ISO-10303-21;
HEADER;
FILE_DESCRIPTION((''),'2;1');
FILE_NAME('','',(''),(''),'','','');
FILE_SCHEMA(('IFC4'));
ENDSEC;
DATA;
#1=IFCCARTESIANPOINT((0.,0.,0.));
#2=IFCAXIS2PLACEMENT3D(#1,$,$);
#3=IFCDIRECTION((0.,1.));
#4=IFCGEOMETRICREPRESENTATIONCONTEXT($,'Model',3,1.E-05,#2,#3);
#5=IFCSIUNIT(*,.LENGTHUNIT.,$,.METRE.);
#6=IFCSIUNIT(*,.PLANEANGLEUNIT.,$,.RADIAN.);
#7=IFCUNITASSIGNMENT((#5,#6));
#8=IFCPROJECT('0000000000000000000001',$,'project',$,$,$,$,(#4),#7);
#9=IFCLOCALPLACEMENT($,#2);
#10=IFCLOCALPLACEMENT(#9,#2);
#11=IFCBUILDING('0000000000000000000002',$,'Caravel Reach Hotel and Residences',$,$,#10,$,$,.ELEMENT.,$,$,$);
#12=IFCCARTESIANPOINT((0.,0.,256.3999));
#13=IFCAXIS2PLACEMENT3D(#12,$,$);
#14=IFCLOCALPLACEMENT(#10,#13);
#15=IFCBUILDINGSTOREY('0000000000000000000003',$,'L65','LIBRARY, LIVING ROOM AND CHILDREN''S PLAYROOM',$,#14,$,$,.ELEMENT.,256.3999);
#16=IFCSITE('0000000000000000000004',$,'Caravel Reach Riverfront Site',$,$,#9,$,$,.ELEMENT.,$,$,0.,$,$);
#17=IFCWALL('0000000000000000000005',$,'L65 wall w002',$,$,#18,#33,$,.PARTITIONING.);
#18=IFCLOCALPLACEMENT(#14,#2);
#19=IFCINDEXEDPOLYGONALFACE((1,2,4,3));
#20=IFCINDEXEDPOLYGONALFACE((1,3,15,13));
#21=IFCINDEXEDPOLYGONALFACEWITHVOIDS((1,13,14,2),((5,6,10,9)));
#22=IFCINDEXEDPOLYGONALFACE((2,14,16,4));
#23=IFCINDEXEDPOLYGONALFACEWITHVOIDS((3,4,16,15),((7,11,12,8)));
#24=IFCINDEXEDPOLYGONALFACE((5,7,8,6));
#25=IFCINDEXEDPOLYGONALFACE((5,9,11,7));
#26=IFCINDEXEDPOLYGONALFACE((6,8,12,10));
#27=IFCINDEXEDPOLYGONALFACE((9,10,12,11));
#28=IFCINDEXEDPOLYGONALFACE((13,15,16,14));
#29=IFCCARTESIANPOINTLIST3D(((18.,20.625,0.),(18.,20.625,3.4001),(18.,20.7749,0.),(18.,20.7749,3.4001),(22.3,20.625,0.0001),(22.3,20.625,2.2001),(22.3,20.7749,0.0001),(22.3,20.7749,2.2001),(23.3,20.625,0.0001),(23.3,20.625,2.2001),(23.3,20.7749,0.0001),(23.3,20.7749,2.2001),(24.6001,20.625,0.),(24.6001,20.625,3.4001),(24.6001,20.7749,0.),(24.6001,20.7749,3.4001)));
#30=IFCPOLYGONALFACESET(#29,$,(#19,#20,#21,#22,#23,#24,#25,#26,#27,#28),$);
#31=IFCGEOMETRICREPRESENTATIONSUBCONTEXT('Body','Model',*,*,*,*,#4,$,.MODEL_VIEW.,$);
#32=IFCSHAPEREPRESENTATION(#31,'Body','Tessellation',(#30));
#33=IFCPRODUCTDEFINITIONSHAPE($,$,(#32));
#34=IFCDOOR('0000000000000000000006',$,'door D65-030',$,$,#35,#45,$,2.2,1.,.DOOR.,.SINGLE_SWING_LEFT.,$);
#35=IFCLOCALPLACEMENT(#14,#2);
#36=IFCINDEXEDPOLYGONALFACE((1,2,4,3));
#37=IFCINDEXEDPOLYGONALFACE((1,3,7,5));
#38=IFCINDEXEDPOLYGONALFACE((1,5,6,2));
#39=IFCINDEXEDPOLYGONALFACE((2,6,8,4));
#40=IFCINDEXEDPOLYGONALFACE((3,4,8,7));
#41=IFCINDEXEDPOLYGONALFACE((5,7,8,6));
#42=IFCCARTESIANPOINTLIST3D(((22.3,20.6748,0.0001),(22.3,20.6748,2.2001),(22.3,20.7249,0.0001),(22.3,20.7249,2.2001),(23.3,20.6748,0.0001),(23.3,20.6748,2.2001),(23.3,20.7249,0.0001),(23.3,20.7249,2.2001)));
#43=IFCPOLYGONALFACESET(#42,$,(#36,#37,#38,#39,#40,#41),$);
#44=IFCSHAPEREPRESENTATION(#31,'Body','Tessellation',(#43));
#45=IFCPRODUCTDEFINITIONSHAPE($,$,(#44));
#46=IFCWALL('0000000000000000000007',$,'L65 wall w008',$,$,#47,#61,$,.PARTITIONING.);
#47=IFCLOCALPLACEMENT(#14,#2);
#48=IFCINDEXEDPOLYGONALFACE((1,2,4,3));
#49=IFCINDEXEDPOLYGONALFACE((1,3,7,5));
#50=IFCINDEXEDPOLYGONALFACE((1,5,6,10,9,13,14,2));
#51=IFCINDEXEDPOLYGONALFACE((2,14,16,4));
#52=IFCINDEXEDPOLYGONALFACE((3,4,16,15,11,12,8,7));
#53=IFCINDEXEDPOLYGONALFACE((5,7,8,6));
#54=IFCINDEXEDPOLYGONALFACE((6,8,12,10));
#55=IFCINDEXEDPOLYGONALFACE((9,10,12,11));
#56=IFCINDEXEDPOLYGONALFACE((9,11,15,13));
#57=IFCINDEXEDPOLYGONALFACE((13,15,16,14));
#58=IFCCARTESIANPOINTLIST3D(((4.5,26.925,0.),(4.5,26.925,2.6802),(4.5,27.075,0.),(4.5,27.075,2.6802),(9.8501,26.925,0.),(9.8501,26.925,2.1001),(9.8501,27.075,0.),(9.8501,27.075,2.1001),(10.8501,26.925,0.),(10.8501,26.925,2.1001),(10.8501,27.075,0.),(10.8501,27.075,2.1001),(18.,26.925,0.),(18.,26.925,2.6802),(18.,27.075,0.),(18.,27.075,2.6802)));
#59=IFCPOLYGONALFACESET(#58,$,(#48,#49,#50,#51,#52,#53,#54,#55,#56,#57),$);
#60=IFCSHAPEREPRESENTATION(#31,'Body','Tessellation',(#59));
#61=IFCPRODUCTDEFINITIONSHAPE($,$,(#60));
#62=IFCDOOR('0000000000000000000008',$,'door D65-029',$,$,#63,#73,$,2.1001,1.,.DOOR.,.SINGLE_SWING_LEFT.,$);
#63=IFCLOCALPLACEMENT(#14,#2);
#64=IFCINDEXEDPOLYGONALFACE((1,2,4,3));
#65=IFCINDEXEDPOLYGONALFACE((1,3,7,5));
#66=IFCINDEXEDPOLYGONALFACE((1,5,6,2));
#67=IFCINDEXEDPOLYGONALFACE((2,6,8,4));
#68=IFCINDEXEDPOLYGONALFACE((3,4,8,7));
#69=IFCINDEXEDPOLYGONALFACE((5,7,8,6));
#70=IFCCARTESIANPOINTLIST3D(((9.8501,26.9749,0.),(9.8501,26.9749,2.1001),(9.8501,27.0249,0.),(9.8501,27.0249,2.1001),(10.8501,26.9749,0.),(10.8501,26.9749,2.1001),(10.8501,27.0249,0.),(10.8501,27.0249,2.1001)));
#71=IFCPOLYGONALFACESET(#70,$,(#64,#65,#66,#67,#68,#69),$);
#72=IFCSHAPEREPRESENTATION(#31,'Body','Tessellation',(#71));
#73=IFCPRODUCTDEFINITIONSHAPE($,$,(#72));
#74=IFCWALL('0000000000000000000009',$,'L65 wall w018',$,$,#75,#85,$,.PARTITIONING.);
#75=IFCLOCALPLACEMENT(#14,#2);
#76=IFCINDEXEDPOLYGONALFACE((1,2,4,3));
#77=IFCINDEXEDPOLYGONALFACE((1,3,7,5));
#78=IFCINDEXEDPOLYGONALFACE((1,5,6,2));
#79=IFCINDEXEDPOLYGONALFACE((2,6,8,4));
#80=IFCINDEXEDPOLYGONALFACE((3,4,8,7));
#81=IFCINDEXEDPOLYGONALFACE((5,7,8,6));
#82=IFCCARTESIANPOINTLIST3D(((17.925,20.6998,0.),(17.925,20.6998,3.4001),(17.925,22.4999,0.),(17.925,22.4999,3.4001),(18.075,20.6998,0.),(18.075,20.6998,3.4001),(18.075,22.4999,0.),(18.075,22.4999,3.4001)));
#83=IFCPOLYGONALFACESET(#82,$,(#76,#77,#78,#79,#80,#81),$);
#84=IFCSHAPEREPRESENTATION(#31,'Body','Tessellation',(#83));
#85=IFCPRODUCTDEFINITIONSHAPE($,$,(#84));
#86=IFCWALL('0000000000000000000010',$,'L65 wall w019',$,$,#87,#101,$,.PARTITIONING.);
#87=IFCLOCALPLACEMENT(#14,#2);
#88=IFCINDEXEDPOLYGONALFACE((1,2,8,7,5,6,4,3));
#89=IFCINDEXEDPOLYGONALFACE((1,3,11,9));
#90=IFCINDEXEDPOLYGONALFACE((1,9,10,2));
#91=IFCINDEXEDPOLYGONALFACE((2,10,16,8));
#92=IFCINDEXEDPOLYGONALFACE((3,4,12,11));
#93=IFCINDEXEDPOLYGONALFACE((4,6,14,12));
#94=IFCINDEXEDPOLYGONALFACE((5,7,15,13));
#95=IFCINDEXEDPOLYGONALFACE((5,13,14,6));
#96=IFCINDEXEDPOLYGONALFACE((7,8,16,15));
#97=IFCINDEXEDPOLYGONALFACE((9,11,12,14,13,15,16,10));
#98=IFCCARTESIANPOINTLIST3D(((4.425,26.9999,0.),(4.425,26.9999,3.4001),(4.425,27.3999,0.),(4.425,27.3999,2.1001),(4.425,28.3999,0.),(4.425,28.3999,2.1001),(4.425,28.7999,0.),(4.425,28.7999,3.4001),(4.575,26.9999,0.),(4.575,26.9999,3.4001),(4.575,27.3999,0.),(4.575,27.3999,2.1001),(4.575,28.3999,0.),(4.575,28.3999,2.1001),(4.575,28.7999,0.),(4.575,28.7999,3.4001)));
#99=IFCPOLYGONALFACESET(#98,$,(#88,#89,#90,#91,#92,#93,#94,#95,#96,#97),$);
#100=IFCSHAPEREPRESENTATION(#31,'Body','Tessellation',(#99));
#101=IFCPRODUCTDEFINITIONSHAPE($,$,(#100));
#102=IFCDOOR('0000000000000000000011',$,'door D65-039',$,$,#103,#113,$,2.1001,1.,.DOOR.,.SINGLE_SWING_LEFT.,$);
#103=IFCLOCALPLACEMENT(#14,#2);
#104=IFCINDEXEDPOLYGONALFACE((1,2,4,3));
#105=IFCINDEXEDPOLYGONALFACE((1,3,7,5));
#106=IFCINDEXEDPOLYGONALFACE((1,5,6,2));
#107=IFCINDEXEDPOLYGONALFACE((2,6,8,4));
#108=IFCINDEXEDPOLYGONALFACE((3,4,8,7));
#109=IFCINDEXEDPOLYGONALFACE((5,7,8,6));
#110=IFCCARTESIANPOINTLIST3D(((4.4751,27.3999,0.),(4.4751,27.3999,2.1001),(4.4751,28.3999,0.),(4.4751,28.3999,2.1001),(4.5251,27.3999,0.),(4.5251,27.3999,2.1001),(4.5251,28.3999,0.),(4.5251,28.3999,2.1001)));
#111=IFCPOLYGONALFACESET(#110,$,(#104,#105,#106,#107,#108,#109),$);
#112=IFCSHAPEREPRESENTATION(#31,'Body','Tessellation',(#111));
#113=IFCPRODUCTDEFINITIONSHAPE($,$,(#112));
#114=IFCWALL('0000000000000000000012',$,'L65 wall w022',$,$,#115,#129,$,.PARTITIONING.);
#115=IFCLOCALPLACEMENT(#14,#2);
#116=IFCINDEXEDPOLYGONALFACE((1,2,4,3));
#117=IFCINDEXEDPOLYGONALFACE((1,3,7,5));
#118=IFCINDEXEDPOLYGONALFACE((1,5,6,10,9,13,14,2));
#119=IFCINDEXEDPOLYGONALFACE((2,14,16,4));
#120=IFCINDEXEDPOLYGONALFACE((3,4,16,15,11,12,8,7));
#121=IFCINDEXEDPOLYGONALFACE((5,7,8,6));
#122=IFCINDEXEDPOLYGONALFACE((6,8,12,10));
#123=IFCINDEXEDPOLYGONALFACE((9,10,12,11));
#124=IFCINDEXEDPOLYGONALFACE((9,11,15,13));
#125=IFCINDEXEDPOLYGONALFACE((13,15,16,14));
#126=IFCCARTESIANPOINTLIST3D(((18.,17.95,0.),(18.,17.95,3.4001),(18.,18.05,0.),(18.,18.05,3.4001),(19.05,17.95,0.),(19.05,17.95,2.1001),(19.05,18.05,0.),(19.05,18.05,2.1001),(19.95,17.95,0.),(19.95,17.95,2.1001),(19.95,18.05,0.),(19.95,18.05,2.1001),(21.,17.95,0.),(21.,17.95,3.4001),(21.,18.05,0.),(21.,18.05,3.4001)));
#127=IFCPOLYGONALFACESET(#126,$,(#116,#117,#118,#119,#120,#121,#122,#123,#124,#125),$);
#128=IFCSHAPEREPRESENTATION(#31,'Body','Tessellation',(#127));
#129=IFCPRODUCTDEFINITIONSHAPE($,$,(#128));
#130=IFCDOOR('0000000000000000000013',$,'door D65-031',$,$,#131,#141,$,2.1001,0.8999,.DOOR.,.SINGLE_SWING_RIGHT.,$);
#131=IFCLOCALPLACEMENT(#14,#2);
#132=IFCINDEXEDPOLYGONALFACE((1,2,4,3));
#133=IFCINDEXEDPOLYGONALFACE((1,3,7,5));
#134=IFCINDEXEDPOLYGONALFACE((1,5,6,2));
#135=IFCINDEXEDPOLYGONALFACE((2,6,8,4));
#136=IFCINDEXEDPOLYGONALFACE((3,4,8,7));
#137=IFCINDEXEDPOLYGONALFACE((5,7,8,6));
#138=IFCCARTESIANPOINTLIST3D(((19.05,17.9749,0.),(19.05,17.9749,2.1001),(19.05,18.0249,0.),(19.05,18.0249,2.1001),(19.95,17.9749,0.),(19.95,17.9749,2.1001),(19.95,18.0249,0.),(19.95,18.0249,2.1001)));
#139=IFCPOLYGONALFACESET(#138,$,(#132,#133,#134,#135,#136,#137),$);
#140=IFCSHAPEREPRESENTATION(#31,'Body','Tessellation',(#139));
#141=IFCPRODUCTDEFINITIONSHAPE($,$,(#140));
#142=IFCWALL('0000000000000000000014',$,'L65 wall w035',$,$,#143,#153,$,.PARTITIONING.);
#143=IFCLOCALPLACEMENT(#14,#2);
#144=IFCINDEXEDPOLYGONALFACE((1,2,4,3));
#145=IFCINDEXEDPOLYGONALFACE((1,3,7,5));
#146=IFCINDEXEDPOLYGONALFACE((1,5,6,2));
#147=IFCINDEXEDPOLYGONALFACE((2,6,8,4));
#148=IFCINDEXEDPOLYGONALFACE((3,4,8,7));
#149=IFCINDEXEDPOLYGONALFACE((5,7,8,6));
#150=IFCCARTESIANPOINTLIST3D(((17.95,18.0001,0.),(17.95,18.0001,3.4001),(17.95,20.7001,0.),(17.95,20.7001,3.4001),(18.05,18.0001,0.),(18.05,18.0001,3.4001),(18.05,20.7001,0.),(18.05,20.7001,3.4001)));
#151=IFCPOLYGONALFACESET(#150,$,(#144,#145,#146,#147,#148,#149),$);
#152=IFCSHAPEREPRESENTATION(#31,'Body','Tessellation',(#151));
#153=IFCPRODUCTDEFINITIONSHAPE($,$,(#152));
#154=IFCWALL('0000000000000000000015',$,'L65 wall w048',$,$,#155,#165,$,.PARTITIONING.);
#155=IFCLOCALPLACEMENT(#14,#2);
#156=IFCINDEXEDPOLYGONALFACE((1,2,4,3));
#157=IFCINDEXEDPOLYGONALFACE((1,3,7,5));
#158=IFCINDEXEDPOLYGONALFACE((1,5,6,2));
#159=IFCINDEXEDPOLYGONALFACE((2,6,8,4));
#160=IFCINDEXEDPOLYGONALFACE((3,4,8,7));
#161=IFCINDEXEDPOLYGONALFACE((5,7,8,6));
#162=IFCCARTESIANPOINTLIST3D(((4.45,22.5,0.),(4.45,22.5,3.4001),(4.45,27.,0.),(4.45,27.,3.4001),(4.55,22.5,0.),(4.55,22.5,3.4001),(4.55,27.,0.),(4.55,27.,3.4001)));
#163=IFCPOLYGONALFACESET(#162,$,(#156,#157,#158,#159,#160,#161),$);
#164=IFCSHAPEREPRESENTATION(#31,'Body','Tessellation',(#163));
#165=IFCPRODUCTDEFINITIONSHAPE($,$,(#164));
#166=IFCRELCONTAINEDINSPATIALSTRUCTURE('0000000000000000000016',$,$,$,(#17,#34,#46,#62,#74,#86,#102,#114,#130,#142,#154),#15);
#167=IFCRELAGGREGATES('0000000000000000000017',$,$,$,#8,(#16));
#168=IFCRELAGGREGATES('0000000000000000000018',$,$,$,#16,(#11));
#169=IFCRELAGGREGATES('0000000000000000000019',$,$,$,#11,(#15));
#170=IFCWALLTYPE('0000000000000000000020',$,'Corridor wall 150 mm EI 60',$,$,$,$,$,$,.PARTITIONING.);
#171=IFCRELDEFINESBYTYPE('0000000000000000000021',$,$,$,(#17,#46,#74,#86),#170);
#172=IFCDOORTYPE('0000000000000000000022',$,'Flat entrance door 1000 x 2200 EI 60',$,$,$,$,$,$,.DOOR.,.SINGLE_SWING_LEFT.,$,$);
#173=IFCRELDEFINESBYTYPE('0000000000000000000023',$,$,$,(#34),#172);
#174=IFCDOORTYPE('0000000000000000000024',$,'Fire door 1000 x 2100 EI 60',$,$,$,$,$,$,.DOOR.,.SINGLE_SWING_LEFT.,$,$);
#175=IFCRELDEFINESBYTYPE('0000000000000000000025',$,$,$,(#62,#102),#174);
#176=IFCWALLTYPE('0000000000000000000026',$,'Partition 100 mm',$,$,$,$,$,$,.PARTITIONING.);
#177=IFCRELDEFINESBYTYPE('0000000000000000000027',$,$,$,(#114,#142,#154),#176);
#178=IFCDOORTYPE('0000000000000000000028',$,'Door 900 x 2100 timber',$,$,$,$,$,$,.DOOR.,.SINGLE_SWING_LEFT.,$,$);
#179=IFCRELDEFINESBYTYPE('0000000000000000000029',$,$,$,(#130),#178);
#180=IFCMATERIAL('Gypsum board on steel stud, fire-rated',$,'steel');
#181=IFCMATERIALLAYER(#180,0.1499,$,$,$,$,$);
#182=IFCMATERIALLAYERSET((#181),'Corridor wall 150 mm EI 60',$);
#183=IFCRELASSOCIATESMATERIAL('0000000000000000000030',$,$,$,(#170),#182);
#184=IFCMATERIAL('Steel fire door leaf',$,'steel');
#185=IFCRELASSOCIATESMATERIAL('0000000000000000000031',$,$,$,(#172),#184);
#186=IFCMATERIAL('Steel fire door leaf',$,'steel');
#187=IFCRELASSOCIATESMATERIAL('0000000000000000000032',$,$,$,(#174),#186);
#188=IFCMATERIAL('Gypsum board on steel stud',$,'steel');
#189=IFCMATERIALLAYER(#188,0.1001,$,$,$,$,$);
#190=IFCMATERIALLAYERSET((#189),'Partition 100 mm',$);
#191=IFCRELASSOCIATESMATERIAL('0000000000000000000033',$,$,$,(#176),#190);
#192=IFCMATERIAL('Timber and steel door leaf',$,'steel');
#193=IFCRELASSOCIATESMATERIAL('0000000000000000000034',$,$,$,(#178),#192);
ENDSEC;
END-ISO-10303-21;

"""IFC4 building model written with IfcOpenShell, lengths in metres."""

from ifc_helpers import new_model, si_unit, direction, frame, frame_2d, origin, place, context, subcontext, project, spatial, rectangle, extrude, material, layer, layer_set, type_object, element, fill, save


model = new_model("IFC4")

# Units and contexts
model_context = context("Model", 3, precision=1e-05, world=origin(), true_north=direction((0.0, 1.0)))
body_context = subcontext(model_context, "Body", "Model", "MODEL_VIEW")
ifc_project = project(units=[si_unit("LENGTHUNIT", "METRE"), si_unit("PLANEANGLEUNIT", "RADIAN")], contexts=[model_context])

# Site, building, storey
site_placement = place(None, origin())
site = spatial("IfcSite", under=ifc_project, at=site_placement, Name="Caravel Reach Riverfront Site", CompositionType="ELEMENT", RefElevation=0.0)
building_placement = place(site_placement, origin())
building = spatial("IfcBuilding", under=site, at=building_placement, Name="Caravel Reach Hotel and Residences", CompositionType="ELEMENT")
storey_placement = place(building_placement, frame((0.0, 0.0, 256.3999)))
storey = spatial("IfcBuildingStorey", under=building, at=storey_placement, Name="L65", Description="LIBRARY, LIVING ROOM AND CHILDREN'S PLAYROOM", CompositionType="ELEMENT", Elevation=256.3999)

# Walls, openings, doors
ifc_material_1 = material(Name="Gypsum board on steel stud, fire-rated", Category="steel")
ifc_layer_1 = layer(ifc_material_1, 0.1499)
ifc_layer_set_1 = layer_set([ifc_layer_1], Name="Corridor wall 150 mm EI 60")
wall_type_1 = type_object("IfcWallType", Name="Corridor wall 150 mm EI 60", PredefinedType="PARTITIONING", material=ifc_layer_set_1)
wall_1_placement = place(storey_placement, frame((18.0, 20.7, 0.0), z_axis=(0.0, 0.0, 1.0), x_axis=(1.0, 0.0, 0.0)))
wall_1 = element("IfcWall", 1, at=wall_1_placement, inside=storey, type_object=wall_type_1, Name="L65 wall w002", PredefinedType="PARTITIONING", context=body_context, shape_type="SweptSolid", body=[
    extrude(rectangle(XDim=6.6001, YDim=0.1499, at=frame_2d((3.3, 0.0))), origin(), (0.0, 0.0, 1.0), 3.4001),
])
opening_1_placement = place(wall_1_placement, frame((4.3, 0.0, 0.0)))
opening_1 = element("IfcOpeningElement", 2, at=opening_1_placement, cuts=wall_1, PredefinedType="OPENING", context=body_context, shape_type="SweptSolid", body=[
    extrude(rectangle(XDim=1.0, YDim=2.2, at=frame_2d((0.5, 1.1001))), frame((0.0, 0.085, 0.0), z_axis=(0.0, -1.0, 0.0), x_axis=(1.0, 0.0, 0.0)), (0.0, 0.0, 1.0), 0.1699),
])
ifc_material_2 = material(Name="Steel fire door leaf", Category="steel")
door_type_1 = type_object("IfcDoorType", Name="Flat entrance door 1000 x 2200 EI 60", OperationType="SINGLE_SWING_LEFT", PredefinedType="DOOR", material=ifc_material_2)
door_1_placement = place(opening_1_placement, origin())
door_1 = element("IfcDoor", 3, at=door_1_placement, inside=storey, type_object=door_type_1, Name="door D65-030", OperationType="SINGLE_SWING_LEFT", OverallHeight=2.2, OverallWidth=1.0, PredefinedType="DOOR", context=body_context, shape_type="SweptSolid", body=[
    extrude(rectangle(XDim=1.0, YDim=2.2, at=frame_2d((0.5, 1.1001))), frame((0.0, 0.0249, 0.0), z_axis=(0.0, -1.0, 0.0), x_axis=(1.0, 0.0, 0.0)), (0.0, 0.0, 1.0), 0.05),
])
fill(opening_1, door_1)
wall_2_placement = place(storey_placement, frame((4.5, 27.0, 0.0), z_axis=(0.0, 0.0, 1.0), x_axis=(1.0, 0.0, 0.0)))
wall_2 = element("IfcWall", 4, at=wall_2_placement, inside=storey, type_object=wall_type_1, Name="L65 wall w008", PredefinedType="PARTITIONING", context=body_context, shape_type="SweptSolid", body=[
    extrude(rectangle(XDim=13.5, YDim=0.1499, at=frame_2d((6.75, 0.0))), origin(), (0.0, 0.0, 1.0), 2.6802),
])
opening_2_placement = place(wall_2_placement, frame((5.3501, 0.0, 0.0)))
opening_2 = element("IfcOpeningElement", 5, at=opening_2_placement, cuts=wall_2, PredefinedType="OPENING", context=body_context, shape_type="SweptSolid", body=[
    extrude(rectangle(XDim=1.0, YDim=2.1001, at=frame_2d((0.5, 1.05))), frame((0.0, 0.085, 0.0), z_axis=(0.0, -1.0, 0.0), x_axis=(1.0, 0.0, 0.0)), (0.0, 0.0, 1.0), 0.1699),
])
ifc_material_3 = material(Name="Steel fire door leaf", Category="steel")
door_type_2 = type_object("IfcDoorType", Name="Fire door 1000 x 2100 EI 60", OperationType="SINGLE_SWING_LEFT", PredefinedType="DOOR", material=ifc_material_3)
door_2_placement = place(opening_2_placement, origin())
door_2 = element("IfcDoor", 6, at=door_2_placement, inside=storey, type_object=door_type_2, Name="door D65-029", OperationType="SINGLE_SWING_LEFT", OverallHeight=2.1001, OverallWidth=1.0, PredefinedType="DOOR", context=body_context, shape_type="SweptSolid", body=[
    extrude(rectangle(XDim=1.0, YDim=2.1001, at=frame_2d((0.5, 1.05))), frame((0.0, 0.0249, 0.0), z_axis=(0.0, -1.0, 0.0), x_axis=(1.0, 0.0, 0.0)), (0.0, 0.0, 1.0), 0.05),
])
fill(opening_2, door_2)

# Wall
wall_3_placement = place(storey_placement, frame((18.0, 20.7, 0.0), z_axis=(0.0, 0.0, 1.0), x_axis=(0.0, 1.0, 0.0)))
element("IfcWall", 7, at=wall_3_placement, inside=storey, type_object=wall_type_1, Name="L65 wall w018", PredefinedType="PARTITIONING", context=body_context, shape_type="SweptSolid", body=[
    extrude(rectangle(XDim=1.8, YDim=0.1499, at=frame_2d((0.8999, 0.0))), origin(), (0.0, 0.0, 1.0), 3.4001),
])

# Walls, openings, doors
wall_4_placement = place(storey_placement, frame((4.5, 27.0, 0.0), z_axis=(0.0, 0.0, 1.0), x_axis=(0.0, 1.0, 0.0)))
wall_4 = element("IfcWall", 8, at=wall_4_placement, inside=storey, type_object=wall_type_1, Name="L65 wall w019", PredefinedType="PARTITIONING", context=body_context, shape_type="SweptSolid", body=[
    extrude(rectangle(XDim=1.8, YDim=0.1499, at=frame_2d((0.8999, 0.0))), origin(), (0.0, 0.0, 1.0), 3.4001),
])
opening_3_placement = place(wall_4_placement, frame((0.3999, 0.0, 0.0)))
opening_3 = element("IfcOpeningElement", 9, at=opening_3_placement, cuts=wall_4, PredefinedType="OPENING", context=body_context, shape_type="SweptSolid", body=[
    extrude(rectangle(XDim=1.0, YDim=2.1001, at=frame_2d((0.5, 1.05))), frame((0.0, 0.085, 0.0), z_axis=(0.0, -1.0, 0.0), x_axis=(1.0, 0.0, 0.0)), (0.0, 0.0, 1.0), 0.1699),
])
door_3_placement = place(opening_3_placement, origin())
door_3 = element("IfcDoor", 10, at=door_3_placement, inside=storey, type_object=door_type_2, Name="door D65-039", OperationType="SINGLE_SWING_LEFT", OverallHeight=2.1001, OverallWidth=1.0, PredefinedType="DOOR", context=body_context, shape_type="SweptSolid", body=[
    extrude(rectangle(XDim=1.0, YDim=2.1001, at=frame_2d((0.5, 1.05))), frame((0.0, 0.0249, 0.0), z_axis=(0.0, -1.0, 0.0), x_axis=(1.0, 0.0, 0.0)), (0.0, 0.0, 1.0), 0.05),
])
fill(opening_3, door_3)
ifc_material_4 = material(Name="Gypsum board on steel stud", Category="steel")
ifc_layer_2 = layer(ifc_material_4, 0.1001)
ifc_layer_set_2 = layer_set([ifc_layer_2], Name="Partition 100 mm")
wall_type_2 = type_object("IfcWallType", Name="Partition 100 mm", PredefinedType="PARTITIONING", material=ifc_layer_set_2)
wall_5_placement = place(storey_placement, frame((18.0, 18.0, 0.0), z_axis=(0.0, 0.0, 1.0), x_axis=(1.0, 0.0, 0.0)))
wall_5 = element("IfcWall", 11, at=wall_5_placement, inside=storey, type_object=wall_type_2, Name="L65 wall w022", PredefinedType="PARTITIONING", context=body_context, shape_type="SweptSolid", body=[
    extrude(rectangle(XDim=3.0, YDim=0.1001, at=frame_2d((1.5, 0.0))), origin(), (0.0, 0.0, 1.0), 3.4001),
])
opening_4_placement = place(wall_5_placement, frame((1.05, 0.0, 0.0)))
opening_4 = element("IfcOpeningElement", 12, at=opening_4_placement, cuts=wall_5, PredefinedType="OPENING", context=body_context, shape_type="SweptSolid", body=[
    extrude(rectangle(XDim=0.8999, YDim=2.1001, at=frame_2d((0.45, 1.05))), frame((0.0, 0.0601, 0.0), z_axis=(0.0, -1.0, 0.0), x_axis=(1.0, 0.0, 0.0)), (0.0, 0.0, 1.0), 0.1201),
])
ifc_material_5 = material(Name="Timber and steel door leaf", Category="steel")
door_type_3 = type_object("IfcDoorType", Name="Door 900 x 2100 timber", OperationType="SINGLE_SWING_LEFT", PredefinedType="DOOR", material=ifc_material_5)
door_4_placement = place(opening_4_placement, origin())
door_4 = element("IfcDoor", 13, at=door_4_placement, inside=storey, type_object=door_type_3, Name="door D65-031", OperationType="SINGLE_SWING_RIGHT", OverallHeight=2.1001, OverallWidth=0.8999, PredefinedType="DOOR", context=body_context, shape_type="SweptSolid", body=[
    extrude(rectangle(XDim=0.8999, YDim=2.1001, at=frame_2d((0.45, 1.05))), frame((0.0, 0.0249, 0.0), z_axis=(0.0, -1.0, 0.0), x_axis=(1.0, 0.0, 0.0)), (0.0, 0.0, 1.0), 0.05),
])
fill(opening_4, door_4)

# Walls
wall_6_placement = place(storey_placement, frame((18.0, 18.0, 0.0), z_axis=(0.0, 0.0, 1.0), x_axis=(0.0, 1.0, 0.0)))
element("IfcWall", 14, at=wall_6_placement, inside=storey, type_object=wall_type_2, Name="L65 wall w035", PredefinedType="PARTITIONING", context=body_context, shape_type="SweptSolid", body=[
    extrude(rectangle(XDim=2.7, YDim=0.1001, at=frame_2d((1.3501, 0.0))), origin(), (0.0, 0.0, 1.0), 3.4001),
])
wall_7_placement = place(storey_placement, frame((4.5, 22.5, 0.0), z_axis=(0.0, 0.0, 1.0), x_axis=(0.0, 1.0, 0.0)))
element("IfcWall", 15, at=wall_7_placement, inside=storey, type_object=wall_type_2, Name="L65 wall w048", PredefinedType="PARTITIONING", context=body_context, shape_type="SweptSolid", body=[
    extrude(rectangle(XDim=4.5, YDim=0.1001, at=frame_2d((2.25, 0.0))), origin(), (0.0, 0.0, 1.0), 3.4001),
])

save(model, "model.ifc")
